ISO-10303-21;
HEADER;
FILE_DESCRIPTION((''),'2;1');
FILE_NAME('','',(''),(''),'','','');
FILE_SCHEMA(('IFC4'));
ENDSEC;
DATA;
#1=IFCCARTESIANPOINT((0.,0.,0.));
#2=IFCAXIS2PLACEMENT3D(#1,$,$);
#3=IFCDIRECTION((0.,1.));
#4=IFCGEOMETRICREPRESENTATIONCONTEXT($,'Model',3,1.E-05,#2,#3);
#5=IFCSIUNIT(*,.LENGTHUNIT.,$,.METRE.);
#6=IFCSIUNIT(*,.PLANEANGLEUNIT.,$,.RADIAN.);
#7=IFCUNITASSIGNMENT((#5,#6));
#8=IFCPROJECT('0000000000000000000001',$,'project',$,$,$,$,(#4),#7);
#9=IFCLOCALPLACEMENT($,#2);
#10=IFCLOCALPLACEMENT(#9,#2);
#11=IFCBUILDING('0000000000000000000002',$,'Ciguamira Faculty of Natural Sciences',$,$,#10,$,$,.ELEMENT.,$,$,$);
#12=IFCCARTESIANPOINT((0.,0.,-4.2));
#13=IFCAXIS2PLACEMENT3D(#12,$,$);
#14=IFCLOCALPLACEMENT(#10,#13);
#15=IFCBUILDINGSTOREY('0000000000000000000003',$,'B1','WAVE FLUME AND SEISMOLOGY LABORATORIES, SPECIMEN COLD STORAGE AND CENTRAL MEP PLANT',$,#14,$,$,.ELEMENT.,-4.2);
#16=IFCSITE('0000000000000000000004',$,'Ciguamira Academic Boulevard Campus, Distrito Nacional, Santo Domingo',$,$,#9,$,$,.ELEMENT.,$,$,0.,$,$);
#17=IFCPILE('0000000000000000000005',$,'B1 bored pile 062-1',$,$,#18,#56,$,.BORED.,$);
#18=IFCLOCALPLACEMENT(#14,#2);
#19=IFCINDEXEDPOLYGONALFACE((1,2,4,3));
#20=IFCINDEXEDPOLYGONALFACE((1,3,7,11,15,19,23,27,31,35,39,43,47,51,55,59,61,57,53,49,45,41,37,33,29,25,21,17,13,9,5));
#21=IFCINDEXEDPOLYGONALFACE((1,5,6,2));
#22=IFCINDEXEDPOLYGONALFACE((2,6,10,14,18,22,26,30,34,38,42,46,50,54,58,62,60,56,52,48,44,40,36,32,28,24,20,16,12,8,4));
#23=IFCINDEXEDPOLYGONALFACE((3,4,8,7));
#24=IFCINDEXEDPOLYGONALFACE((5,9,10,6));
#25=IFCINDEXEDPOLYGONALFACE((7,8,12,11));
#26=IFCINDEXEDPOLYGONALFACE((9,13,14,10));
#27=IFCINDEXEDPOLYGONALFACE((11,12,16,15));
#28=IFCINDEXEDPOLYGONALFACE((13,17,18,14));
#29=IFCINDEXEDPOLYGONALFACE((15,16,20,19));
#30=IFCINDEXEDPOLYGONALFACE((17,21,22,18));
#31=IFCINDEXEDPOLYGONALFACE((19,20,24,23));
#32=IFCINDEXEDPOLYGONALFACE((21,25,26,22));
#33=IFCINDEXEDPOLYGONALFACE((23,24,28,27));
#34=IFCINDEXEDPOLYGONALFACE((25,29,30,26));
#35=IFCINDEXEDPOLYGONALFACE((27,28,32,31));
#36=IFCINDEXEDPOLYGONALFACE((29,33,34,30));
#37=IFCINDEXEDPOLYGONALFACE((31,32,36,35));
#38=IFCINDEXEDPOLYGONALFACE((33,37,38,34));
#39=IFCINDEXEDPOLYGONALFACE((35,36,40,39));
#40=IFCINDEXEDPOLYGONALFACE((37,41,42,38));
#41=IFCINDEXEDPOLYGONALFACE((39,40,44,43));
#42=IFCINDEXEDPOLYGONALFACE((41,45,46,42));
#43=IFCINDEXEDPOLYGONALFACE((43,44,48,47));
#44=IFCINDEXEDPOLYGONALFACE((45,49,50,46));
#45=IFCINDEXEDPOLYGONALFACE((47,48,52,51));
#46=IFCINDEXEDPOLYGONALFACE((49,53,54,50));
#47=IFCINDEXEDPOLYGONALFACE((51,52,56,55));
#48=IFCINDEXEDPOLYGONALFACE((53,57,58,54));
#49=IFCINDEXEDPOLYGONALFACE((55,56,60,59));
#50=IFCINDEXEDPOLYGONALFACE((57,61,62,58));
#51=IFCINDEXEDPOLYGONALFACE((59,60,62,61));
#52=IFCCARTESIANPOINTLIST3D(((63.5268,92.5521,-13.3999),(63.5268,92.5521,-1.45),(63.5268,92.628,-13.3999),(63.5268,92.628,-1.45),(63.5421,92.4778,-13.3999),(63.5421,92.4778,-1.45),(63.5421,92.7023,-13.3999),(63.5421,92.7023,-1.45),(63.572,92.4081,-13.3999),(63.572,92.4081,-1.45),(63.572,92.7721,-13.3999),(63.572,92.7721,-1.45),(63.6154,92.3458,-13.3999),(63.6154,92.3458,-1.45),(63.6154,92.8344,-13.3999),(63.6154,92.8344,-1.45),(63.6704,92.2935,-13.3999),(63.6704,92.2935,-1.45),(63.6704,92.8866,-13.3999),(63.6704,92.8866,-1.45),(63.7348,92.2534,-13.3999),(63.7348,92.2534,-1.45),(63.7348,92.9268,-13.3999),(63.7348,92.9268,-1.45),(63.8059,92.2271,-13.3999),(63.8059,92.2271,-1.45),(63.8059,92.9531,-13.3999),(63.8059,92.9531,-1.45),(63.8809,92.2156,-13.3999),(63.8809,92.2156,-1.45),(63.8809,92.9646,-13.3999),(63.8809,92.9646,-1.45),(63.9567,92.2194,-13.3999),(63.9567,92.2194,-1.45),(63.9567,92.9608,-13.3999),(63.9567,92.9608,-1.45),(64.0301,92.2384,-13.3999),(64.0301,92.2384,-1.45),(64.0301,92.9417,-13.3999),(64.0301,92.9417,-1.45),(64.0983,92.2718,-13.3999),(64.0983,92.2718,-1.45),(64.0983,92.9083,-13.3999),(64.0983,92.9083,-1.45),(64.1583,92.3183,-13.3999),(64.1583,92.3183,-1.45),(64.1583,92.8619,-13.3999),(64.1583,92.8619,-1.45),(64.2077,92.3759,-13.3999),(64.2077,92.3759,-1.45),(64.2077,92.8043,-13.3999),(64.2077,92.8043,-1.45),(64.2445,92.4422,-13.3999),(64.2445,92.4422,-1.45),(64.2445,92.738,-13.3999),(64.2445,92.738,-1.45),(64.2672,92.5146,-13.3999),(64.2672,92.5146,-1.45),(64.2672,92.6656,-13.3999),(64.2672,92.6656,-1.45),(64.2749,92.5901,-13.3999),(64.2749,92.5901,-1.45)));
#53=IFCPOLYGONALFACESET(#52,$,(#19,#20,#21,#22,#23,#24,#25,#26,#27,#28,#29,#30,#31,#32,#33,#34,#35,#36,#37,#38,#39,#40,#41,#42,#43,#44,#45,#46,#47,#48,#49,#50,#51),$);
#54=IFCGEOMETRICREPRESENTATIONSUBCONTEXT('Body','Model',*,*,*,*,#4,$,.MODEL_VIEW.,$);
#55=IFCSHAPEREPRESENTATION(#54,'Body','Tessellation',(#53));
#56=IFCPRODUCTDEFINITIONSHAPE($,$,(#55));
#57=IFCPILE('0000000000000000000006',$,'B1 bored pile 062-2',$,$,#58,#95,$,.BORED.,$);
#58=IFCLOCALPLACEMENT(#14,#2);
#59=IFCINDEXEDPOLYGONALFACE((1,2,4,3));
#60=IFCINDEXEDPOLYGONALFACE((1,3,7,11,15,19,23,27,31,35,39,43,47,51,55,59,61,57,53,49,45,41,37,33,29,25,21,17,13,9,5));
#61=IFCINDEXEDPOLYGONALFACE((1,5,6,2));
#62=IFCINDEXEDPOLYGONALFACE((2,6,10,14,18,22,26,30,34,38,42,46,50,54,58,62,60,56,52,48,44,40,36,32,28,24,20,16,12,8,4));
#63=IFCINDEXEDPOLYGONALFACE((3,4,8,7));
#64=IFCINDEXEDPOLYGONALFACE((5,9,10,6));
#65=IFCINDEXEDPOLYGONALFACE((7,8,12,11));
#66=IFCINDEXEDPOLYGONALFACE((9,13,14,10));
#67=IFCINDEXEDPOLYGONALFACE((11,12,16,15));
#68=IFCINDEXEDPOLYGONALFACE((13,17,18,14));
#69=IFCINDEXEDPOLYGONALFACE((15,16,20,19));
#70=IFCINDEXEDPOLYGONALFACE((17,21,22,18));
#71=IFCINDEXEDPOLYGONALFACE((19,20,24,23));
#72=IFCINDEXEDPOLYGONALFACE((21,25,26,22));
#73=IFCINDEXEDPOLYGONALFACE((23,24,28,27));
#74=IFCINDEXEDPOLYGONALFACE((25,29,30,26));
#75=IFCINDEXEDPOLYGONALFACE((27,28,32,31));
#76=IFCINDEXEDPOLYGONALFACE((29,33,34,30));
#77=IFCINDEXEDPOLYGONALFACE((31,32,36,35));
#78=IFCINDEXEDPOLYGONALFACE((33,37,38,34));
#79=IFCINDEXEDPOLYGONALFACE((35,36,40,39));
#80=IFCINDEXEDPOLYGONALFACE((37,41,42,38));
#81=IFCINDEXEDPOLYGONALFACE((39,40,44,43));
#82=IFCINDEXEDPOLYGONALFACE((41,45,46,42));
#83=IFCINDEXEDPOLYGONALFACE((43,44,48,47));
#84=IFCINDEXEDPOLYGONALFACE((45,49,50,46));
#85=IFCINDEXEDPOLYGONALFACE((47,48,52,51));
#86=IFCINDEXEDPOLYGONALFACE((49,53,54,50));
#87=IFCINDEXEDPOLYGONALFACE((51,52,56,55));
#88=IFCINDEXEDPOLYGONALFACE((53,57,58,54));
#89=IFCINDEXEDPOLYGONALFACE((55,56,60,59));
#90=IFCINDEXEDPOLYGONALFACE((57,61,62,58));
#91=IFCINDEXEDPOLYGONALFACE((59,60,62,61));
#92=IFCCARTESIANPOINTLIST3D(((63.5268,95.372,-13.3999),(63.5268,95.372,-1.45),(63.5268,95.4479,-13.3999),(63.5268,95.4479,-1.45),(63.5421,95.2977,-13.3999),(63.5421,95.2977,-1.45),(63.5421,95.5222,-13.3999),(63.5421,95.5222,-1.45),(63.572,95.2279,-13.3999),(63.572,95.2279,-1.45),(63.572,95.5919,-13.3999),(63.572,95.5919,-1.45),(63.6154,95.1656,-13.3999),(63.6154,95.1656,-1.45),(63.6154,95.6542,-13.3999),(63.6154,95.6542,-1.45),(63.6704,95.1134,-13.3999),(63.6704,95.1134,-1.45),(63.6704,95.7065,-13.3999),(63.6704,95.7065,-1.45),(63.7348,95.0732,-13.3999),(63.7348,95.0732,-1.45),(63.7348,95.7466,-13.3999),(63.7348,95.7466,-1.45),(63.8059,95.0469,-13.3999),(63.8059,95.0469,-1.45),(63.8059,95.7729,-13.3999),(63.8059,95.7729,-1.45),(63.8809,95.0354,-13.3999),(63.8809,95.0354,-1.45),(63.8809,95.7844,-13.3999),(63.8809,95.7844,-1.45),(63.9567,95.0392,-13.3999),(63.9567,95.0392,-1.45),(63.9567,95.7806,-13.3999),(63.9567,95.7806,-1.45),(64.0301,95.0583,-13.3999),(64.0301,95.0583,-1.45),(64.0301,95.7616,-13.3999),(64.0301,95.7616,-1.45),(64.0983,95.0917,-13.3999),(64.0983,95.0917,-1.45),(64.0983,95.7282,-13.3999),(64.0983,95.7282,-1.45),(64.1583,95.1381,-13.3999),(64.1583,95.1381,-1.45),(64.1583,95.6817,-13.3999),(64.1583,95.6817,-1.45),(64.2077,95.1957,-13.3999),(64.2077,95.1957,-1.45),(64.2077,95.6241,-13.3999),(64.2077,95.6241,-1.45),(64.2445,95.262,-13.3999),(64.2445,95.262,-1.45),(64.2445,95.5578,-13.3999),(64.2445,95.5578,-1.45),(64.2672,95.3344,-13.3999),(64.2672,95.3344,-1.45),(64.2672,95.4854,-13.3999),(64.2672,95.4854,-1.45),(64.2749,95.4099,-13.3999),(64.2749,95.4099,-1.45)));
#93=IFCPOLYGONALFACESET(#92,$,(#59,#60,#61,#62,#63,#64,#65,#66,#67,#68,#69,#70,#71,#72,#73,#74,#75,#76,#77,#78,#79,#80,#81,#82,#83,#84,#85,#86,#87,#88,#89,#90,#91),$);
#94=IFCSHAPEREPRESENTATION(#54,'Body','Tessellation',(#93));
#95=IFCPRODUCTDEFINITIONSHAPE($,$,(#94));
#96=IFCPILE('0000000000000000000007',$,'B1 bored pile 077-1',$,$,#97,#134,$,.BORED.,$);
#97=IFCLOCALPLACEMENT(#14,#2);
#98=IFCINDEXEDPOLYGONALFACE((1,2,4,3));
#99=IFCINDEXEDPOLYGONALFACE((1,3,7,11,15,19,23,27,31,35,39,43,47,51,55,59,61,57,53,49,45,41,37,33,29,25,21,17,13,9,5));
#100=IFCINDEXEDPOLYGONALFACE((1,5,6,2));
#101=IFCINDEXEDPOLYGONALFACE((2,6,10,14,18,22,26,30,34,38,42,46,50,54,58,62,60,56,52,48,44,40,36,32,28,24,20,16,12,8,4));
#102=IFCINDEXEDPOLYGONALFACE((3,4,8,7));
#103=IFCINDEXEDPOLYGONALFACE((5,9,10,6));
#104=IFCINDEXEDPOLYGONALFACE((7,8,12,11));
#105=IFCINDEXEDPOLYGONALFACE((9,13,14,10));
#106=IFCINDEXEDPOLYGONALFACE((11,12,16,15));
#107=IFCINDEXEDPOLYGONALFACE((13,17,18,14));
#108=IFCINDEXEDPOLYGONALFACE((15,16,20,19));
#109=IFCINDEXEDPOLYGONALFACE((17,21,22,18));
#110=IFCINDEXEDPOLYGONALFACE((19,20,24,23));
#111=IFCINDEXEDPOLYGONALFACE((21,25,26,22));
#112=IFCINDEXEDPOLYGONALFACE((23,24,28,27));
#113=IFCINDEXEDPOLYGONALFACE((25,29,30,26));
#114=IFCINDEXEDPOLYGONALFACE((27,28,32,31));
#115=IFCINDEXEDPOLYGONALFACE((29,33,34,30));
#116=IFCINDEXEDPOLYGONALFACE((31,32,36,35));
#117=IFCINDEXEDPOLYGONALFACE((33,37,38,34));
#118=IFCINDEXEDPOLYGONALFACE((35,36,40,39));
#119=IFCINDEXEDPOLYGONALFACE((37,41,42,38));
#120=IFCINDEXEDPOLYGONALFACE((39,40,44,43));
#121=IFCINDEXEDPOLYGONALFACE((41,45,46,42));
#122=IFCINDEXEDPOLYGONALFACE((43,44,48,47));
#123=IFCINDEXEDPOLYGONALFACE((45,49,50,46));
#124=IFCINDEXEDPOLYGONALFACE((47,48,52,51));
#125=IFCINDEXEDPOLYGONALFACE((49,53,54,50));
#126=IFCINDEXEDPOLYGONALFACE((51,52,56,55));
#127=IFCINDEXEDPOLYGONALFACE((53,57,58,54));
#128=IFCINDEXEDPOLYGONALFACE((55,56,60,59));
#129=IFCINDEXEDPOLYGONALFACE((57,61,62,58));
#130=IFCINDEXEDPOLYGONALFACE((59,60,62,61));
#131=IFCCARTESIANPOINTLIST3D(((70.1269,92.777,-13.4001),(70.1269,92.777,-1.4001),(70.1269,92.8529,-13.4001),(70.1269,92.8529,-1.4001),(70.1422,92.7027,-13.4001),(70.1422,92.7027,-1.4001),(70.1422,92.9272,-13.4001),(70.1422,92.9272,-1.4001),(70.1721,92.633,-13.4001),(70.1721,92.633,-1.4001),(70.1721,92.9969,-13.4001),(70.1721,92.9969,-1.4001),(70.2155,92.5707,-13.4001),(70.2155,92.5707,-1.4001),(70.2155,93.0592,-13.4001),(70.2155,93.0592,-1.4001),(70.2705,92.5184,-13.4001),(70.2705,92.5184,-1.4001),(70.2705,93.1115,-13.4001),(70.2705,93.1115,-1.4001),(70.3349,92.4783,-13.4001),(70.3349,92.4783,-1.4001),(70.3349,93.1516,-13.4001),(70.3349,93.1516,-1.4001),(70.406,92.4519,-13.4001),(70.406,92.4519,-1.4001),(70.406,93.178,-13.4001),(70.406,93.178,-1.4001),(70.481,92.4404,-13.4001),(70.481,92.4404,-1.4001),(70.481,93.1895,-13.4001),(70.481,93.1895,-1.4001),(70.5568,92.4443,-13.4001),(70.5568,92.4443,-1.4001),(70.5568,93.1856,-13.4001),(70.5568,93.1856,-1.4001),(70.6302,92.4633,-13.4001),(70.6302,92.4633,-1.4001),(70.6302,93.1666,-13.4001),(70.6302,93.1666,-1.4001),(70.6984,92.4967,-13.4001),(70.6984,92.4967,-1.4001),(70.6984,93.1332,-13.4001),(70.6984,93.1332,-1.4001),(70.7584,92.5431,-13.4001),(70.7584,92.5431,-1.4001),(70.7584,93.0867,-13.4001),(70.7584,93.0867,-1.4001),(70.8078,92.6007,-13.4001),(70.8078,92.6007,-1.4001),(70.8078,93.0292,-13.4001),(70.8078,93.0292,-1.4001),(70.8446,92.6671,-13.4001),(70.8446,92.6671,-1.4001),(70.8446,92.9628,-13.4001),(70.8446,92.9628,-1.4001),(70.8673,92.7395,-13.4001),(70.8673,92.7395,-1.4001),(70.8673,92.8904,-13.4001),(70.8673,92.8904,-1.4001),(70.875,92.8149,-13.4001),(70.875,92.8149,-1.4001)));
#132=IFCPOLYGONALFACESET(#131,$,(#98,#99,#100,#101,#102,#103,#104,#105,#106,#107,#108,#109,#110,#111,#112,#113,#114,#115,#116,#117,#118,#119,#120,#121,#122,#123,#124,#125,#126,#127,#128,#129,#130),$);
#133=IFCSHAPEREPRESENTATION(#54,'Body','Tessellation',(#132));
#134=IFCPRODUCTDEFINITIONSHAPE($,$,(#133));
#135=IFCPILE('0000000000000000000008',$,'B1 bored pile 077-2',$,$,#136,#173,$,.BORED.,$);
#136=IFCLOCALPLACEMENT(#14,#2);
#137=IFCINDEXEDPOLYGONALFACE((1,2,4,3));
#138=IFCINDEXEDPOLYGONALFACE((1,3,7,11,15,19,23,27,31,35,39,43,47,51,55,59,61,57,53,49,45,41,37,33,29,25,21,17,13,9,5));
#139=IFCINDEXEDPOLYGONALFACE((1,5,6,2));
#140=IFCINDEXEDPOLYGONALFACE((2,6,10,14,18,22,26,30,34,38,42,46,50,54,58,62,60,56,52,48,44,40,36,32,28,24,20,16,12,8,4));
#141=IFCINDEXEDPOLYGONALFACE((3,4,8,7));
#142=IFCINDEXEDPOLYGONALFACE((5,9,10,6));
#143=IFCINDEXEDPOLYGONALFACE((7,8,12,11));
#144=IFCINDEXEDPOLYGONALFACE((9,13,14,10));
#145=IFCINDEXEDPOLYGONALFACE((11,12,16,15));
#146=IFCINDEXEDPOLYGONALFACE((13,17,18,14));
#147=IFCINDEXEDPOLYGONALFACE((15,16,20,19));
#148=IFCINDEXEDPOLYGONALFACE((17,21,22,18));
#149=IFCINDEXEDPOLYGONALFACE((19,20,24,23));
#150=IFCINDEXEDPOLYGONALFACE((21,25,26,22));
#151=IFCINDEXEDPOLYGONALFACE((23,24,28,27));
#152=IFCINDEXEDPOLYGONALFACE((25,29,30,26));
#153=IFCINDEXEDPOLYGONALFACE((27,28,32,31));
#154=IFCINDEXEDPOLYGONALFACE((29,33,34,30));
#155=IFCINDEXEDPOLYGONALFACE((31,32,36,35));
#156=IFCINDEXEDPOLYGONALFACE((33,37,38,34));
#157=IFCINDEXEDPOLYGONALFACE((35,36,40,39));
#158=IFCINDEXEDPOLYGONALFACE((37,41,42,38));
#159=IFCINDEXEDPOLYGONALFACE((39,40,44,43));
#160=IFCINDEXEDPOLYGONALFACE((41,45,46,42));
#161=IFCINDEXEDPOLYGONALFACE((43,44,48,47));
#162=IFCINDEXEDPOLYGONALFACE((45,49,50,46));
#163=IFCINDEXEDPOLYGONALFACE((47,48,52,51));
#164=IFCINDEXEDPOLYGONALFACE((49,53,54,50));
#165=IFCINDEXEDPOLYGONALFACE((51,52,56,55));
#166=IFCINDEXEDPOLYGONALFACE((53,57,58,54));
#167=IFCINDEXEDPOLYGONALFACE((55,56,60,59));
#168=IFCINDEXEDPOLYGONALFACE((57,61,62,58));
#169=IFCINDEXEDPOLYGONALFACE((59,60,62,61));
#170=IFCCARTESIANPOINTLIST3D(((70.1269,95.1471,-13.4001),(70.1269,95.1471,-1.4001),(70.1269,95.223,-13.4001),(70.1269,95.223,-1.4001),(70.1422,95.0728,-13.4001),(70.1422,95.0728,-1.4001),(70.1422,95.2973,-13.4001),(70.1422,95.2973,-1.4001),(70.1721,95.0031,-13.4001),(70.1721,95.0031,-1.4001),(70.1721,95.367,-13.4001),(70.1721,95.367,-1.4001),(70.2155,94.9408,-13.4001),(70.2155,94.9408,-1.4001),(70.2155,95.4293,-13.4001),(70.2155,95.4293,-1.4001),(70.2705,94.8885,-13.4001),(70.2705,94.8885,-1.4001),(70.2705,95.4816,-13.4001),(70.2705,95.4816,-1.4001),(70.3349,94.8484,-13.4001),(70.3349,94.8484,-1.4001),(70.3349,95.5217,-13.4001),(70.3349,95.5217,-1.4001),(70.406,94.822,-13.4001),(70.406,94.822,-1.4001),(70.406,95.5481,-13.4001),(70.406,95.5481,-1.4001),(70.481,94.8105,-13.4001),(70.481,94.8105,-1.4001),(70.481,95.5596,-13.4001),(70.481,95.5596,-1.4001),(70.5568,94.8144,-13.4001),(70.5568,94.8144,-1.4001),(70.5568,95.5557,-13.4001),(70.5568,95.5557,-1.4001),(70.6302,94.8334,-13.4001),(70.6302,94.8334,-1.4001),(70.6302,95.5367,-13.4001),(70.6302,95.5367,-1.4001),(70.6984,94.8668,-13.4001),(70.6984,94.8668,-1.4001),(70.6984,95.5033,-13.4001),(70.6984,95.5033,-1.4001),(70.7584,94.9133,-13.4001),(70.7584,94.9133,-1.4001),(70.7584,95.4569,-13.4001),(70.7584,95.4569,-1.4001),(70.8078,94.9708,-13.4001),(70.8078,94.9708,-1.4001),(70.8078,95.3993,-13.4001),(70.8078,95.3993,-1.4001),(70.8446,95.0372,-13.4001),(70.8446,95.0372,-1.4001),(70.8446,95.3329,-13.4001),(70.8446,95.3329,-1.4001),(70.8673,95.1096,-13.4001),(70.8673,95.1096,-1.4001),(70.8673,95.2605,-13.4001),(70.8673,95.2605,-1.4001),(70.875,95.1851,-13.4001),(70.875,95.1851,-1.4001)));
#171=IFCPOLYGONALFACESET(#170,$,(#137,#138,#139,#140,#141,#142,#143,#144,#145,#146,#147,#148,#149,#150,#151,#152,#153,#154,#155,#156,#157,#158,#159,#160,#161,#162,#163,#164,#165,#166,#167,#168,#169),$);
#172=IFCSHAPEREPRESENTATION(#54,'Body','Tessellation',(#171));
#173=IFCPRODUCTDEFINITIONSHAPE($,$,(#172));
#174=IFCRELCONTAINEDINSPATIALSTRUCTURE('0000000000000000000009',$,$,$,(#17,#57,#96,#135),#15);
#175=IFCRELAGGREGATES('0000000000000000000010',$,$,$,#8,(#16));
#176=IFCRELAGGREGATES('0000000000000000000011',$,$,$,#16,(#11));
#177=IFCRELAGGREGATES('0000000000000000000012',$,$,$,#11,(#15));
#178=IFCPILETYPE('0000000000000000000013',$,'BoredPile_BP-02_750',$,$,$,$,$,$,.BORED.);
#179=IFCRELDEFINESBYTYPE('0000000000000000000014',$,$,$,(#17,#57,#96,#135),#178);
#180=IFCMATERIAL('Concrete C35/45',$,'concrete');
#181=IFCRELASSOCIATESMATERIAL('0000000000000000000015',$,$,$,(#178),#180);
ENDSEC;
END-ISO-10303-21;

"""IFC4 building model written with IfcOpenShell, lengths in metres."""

from ifc_helpers import new_model, si_unit, direction, frame, origin, origin_2d, place, context, subcontext, project, spatial, circle, extrude, material, material_profile, profile_set, type_object, element, save


model = new_model("IFC4")

# Units and contexts
model_context = context("Model", 3, precision=1e-05, world=origin(), true_north=direction((0.0, 1.0)))
body_context = subcontext(model_context, "Body", "Model", "MODEL_VIEW")
ifc_project = project(units=[si_unit("LENGTHUNIT", "METRE"), si_unit("PLANEANGLEUNIT", "RADIAN")], contexts=[model_context])

# Site, building, storey
site_placement = place(None, origin())
site = spatial("IfcSite", under=ifc_project, at=site_placement, Name="Ciguamira Academic Boulevard Campus, Distrito Nacional, Santo Domingo", CompositionType="ELEMENT", RefElevation=0.0)
building_placement = place(site_placement, origin())
building = spatial("IfcBuilding", under=site, at=building_placement, Name="Ciguamira Faculty of Natural Sciences", CompositionType="ELEMENT")
storey_placement = place(building_placement, frame((0.0, 0.0, -4.2)))
storey = spatial("IfcBuildingStorey", under=building, at=storey_placement, Name="B1", Description="WAVE FLUME AND SEISMOLOGY LABORATORIES, SPECIMEN COLD STORAGE AND CENTRAL MEP PLANT", CompositionType="ELEMENT", Elevation=-4.2)

# Piles
ifc_material_1 = material(Name="Concrete C35/45", Category="concrete")
ifc_material_profile_1 = material_profile(ifc_material_1, circle(Radius=0.375, at=origin_2d()), Name="PILE-BORED-750")
ifc_profile_set_1 = profile_set([ifc_material_profile_1], Name="Concrete C35/45")
pile_type_1 = type_object("IfcPileType", Name="BoredPile_BP-02_750", PredefinedType="BORED", material=ifc_profile_set_1)
for number, where, z_axis, x_axis, name in (
    (1, (63.8999, 92.5901, -1.45), (0.0, 0.0, -1.0), (1.0, 0.0, 0.0), "B1 bored pile 062-1"),
    (2, (63.8999, 95.4099, -1.45), (0.0, 0.0, -1.0), (1.0, 0.0, 0.0), "B1 bored pile 062-2"),
):
    element("IfcPile", number, at=place(storey_placement, frame(where, z_axis=z_axis, x_axis=x_axis)), inside=storey, type_object=pile_type_1, Name=name, PredefinedType="BORED", context=body_context, shape_type="SweptSolid", body=[
        extrude(circle(Radius=0.375, at=origin_2d()), origin(), (0.0, 0.0, 1.0), 11.95),
    ])
for number, where, z_axis, x_axis, name in (
    (3, (70.5, 92.8149, -1.4001), (0.0, 0.0, -1.0), (1.0, 0.0, 0.0), "B1 bored pile 077-1"),
    (4, (70.5, 95.1851, -1.4001), (0.0, 0.0, -1.0), (1.0, 0.0, 0.0), "B1 bored pile 077-2"),
):
    element("IfcPile", number, at=place(storey_placement, frame(where, z_axis=z_axis, x_axis=x_axis)), inside=storey, type_object=pile_type_1, Name=name, PredefinedType="BORED", context=body_context, shape_type="SweptSolid", body=[
        extrude(circle(Radius=0.375, at=origin_2d()), origin(), (0.0, 0.0, 1.0), 12.0),
    ])

save(model, "model.ifc")
